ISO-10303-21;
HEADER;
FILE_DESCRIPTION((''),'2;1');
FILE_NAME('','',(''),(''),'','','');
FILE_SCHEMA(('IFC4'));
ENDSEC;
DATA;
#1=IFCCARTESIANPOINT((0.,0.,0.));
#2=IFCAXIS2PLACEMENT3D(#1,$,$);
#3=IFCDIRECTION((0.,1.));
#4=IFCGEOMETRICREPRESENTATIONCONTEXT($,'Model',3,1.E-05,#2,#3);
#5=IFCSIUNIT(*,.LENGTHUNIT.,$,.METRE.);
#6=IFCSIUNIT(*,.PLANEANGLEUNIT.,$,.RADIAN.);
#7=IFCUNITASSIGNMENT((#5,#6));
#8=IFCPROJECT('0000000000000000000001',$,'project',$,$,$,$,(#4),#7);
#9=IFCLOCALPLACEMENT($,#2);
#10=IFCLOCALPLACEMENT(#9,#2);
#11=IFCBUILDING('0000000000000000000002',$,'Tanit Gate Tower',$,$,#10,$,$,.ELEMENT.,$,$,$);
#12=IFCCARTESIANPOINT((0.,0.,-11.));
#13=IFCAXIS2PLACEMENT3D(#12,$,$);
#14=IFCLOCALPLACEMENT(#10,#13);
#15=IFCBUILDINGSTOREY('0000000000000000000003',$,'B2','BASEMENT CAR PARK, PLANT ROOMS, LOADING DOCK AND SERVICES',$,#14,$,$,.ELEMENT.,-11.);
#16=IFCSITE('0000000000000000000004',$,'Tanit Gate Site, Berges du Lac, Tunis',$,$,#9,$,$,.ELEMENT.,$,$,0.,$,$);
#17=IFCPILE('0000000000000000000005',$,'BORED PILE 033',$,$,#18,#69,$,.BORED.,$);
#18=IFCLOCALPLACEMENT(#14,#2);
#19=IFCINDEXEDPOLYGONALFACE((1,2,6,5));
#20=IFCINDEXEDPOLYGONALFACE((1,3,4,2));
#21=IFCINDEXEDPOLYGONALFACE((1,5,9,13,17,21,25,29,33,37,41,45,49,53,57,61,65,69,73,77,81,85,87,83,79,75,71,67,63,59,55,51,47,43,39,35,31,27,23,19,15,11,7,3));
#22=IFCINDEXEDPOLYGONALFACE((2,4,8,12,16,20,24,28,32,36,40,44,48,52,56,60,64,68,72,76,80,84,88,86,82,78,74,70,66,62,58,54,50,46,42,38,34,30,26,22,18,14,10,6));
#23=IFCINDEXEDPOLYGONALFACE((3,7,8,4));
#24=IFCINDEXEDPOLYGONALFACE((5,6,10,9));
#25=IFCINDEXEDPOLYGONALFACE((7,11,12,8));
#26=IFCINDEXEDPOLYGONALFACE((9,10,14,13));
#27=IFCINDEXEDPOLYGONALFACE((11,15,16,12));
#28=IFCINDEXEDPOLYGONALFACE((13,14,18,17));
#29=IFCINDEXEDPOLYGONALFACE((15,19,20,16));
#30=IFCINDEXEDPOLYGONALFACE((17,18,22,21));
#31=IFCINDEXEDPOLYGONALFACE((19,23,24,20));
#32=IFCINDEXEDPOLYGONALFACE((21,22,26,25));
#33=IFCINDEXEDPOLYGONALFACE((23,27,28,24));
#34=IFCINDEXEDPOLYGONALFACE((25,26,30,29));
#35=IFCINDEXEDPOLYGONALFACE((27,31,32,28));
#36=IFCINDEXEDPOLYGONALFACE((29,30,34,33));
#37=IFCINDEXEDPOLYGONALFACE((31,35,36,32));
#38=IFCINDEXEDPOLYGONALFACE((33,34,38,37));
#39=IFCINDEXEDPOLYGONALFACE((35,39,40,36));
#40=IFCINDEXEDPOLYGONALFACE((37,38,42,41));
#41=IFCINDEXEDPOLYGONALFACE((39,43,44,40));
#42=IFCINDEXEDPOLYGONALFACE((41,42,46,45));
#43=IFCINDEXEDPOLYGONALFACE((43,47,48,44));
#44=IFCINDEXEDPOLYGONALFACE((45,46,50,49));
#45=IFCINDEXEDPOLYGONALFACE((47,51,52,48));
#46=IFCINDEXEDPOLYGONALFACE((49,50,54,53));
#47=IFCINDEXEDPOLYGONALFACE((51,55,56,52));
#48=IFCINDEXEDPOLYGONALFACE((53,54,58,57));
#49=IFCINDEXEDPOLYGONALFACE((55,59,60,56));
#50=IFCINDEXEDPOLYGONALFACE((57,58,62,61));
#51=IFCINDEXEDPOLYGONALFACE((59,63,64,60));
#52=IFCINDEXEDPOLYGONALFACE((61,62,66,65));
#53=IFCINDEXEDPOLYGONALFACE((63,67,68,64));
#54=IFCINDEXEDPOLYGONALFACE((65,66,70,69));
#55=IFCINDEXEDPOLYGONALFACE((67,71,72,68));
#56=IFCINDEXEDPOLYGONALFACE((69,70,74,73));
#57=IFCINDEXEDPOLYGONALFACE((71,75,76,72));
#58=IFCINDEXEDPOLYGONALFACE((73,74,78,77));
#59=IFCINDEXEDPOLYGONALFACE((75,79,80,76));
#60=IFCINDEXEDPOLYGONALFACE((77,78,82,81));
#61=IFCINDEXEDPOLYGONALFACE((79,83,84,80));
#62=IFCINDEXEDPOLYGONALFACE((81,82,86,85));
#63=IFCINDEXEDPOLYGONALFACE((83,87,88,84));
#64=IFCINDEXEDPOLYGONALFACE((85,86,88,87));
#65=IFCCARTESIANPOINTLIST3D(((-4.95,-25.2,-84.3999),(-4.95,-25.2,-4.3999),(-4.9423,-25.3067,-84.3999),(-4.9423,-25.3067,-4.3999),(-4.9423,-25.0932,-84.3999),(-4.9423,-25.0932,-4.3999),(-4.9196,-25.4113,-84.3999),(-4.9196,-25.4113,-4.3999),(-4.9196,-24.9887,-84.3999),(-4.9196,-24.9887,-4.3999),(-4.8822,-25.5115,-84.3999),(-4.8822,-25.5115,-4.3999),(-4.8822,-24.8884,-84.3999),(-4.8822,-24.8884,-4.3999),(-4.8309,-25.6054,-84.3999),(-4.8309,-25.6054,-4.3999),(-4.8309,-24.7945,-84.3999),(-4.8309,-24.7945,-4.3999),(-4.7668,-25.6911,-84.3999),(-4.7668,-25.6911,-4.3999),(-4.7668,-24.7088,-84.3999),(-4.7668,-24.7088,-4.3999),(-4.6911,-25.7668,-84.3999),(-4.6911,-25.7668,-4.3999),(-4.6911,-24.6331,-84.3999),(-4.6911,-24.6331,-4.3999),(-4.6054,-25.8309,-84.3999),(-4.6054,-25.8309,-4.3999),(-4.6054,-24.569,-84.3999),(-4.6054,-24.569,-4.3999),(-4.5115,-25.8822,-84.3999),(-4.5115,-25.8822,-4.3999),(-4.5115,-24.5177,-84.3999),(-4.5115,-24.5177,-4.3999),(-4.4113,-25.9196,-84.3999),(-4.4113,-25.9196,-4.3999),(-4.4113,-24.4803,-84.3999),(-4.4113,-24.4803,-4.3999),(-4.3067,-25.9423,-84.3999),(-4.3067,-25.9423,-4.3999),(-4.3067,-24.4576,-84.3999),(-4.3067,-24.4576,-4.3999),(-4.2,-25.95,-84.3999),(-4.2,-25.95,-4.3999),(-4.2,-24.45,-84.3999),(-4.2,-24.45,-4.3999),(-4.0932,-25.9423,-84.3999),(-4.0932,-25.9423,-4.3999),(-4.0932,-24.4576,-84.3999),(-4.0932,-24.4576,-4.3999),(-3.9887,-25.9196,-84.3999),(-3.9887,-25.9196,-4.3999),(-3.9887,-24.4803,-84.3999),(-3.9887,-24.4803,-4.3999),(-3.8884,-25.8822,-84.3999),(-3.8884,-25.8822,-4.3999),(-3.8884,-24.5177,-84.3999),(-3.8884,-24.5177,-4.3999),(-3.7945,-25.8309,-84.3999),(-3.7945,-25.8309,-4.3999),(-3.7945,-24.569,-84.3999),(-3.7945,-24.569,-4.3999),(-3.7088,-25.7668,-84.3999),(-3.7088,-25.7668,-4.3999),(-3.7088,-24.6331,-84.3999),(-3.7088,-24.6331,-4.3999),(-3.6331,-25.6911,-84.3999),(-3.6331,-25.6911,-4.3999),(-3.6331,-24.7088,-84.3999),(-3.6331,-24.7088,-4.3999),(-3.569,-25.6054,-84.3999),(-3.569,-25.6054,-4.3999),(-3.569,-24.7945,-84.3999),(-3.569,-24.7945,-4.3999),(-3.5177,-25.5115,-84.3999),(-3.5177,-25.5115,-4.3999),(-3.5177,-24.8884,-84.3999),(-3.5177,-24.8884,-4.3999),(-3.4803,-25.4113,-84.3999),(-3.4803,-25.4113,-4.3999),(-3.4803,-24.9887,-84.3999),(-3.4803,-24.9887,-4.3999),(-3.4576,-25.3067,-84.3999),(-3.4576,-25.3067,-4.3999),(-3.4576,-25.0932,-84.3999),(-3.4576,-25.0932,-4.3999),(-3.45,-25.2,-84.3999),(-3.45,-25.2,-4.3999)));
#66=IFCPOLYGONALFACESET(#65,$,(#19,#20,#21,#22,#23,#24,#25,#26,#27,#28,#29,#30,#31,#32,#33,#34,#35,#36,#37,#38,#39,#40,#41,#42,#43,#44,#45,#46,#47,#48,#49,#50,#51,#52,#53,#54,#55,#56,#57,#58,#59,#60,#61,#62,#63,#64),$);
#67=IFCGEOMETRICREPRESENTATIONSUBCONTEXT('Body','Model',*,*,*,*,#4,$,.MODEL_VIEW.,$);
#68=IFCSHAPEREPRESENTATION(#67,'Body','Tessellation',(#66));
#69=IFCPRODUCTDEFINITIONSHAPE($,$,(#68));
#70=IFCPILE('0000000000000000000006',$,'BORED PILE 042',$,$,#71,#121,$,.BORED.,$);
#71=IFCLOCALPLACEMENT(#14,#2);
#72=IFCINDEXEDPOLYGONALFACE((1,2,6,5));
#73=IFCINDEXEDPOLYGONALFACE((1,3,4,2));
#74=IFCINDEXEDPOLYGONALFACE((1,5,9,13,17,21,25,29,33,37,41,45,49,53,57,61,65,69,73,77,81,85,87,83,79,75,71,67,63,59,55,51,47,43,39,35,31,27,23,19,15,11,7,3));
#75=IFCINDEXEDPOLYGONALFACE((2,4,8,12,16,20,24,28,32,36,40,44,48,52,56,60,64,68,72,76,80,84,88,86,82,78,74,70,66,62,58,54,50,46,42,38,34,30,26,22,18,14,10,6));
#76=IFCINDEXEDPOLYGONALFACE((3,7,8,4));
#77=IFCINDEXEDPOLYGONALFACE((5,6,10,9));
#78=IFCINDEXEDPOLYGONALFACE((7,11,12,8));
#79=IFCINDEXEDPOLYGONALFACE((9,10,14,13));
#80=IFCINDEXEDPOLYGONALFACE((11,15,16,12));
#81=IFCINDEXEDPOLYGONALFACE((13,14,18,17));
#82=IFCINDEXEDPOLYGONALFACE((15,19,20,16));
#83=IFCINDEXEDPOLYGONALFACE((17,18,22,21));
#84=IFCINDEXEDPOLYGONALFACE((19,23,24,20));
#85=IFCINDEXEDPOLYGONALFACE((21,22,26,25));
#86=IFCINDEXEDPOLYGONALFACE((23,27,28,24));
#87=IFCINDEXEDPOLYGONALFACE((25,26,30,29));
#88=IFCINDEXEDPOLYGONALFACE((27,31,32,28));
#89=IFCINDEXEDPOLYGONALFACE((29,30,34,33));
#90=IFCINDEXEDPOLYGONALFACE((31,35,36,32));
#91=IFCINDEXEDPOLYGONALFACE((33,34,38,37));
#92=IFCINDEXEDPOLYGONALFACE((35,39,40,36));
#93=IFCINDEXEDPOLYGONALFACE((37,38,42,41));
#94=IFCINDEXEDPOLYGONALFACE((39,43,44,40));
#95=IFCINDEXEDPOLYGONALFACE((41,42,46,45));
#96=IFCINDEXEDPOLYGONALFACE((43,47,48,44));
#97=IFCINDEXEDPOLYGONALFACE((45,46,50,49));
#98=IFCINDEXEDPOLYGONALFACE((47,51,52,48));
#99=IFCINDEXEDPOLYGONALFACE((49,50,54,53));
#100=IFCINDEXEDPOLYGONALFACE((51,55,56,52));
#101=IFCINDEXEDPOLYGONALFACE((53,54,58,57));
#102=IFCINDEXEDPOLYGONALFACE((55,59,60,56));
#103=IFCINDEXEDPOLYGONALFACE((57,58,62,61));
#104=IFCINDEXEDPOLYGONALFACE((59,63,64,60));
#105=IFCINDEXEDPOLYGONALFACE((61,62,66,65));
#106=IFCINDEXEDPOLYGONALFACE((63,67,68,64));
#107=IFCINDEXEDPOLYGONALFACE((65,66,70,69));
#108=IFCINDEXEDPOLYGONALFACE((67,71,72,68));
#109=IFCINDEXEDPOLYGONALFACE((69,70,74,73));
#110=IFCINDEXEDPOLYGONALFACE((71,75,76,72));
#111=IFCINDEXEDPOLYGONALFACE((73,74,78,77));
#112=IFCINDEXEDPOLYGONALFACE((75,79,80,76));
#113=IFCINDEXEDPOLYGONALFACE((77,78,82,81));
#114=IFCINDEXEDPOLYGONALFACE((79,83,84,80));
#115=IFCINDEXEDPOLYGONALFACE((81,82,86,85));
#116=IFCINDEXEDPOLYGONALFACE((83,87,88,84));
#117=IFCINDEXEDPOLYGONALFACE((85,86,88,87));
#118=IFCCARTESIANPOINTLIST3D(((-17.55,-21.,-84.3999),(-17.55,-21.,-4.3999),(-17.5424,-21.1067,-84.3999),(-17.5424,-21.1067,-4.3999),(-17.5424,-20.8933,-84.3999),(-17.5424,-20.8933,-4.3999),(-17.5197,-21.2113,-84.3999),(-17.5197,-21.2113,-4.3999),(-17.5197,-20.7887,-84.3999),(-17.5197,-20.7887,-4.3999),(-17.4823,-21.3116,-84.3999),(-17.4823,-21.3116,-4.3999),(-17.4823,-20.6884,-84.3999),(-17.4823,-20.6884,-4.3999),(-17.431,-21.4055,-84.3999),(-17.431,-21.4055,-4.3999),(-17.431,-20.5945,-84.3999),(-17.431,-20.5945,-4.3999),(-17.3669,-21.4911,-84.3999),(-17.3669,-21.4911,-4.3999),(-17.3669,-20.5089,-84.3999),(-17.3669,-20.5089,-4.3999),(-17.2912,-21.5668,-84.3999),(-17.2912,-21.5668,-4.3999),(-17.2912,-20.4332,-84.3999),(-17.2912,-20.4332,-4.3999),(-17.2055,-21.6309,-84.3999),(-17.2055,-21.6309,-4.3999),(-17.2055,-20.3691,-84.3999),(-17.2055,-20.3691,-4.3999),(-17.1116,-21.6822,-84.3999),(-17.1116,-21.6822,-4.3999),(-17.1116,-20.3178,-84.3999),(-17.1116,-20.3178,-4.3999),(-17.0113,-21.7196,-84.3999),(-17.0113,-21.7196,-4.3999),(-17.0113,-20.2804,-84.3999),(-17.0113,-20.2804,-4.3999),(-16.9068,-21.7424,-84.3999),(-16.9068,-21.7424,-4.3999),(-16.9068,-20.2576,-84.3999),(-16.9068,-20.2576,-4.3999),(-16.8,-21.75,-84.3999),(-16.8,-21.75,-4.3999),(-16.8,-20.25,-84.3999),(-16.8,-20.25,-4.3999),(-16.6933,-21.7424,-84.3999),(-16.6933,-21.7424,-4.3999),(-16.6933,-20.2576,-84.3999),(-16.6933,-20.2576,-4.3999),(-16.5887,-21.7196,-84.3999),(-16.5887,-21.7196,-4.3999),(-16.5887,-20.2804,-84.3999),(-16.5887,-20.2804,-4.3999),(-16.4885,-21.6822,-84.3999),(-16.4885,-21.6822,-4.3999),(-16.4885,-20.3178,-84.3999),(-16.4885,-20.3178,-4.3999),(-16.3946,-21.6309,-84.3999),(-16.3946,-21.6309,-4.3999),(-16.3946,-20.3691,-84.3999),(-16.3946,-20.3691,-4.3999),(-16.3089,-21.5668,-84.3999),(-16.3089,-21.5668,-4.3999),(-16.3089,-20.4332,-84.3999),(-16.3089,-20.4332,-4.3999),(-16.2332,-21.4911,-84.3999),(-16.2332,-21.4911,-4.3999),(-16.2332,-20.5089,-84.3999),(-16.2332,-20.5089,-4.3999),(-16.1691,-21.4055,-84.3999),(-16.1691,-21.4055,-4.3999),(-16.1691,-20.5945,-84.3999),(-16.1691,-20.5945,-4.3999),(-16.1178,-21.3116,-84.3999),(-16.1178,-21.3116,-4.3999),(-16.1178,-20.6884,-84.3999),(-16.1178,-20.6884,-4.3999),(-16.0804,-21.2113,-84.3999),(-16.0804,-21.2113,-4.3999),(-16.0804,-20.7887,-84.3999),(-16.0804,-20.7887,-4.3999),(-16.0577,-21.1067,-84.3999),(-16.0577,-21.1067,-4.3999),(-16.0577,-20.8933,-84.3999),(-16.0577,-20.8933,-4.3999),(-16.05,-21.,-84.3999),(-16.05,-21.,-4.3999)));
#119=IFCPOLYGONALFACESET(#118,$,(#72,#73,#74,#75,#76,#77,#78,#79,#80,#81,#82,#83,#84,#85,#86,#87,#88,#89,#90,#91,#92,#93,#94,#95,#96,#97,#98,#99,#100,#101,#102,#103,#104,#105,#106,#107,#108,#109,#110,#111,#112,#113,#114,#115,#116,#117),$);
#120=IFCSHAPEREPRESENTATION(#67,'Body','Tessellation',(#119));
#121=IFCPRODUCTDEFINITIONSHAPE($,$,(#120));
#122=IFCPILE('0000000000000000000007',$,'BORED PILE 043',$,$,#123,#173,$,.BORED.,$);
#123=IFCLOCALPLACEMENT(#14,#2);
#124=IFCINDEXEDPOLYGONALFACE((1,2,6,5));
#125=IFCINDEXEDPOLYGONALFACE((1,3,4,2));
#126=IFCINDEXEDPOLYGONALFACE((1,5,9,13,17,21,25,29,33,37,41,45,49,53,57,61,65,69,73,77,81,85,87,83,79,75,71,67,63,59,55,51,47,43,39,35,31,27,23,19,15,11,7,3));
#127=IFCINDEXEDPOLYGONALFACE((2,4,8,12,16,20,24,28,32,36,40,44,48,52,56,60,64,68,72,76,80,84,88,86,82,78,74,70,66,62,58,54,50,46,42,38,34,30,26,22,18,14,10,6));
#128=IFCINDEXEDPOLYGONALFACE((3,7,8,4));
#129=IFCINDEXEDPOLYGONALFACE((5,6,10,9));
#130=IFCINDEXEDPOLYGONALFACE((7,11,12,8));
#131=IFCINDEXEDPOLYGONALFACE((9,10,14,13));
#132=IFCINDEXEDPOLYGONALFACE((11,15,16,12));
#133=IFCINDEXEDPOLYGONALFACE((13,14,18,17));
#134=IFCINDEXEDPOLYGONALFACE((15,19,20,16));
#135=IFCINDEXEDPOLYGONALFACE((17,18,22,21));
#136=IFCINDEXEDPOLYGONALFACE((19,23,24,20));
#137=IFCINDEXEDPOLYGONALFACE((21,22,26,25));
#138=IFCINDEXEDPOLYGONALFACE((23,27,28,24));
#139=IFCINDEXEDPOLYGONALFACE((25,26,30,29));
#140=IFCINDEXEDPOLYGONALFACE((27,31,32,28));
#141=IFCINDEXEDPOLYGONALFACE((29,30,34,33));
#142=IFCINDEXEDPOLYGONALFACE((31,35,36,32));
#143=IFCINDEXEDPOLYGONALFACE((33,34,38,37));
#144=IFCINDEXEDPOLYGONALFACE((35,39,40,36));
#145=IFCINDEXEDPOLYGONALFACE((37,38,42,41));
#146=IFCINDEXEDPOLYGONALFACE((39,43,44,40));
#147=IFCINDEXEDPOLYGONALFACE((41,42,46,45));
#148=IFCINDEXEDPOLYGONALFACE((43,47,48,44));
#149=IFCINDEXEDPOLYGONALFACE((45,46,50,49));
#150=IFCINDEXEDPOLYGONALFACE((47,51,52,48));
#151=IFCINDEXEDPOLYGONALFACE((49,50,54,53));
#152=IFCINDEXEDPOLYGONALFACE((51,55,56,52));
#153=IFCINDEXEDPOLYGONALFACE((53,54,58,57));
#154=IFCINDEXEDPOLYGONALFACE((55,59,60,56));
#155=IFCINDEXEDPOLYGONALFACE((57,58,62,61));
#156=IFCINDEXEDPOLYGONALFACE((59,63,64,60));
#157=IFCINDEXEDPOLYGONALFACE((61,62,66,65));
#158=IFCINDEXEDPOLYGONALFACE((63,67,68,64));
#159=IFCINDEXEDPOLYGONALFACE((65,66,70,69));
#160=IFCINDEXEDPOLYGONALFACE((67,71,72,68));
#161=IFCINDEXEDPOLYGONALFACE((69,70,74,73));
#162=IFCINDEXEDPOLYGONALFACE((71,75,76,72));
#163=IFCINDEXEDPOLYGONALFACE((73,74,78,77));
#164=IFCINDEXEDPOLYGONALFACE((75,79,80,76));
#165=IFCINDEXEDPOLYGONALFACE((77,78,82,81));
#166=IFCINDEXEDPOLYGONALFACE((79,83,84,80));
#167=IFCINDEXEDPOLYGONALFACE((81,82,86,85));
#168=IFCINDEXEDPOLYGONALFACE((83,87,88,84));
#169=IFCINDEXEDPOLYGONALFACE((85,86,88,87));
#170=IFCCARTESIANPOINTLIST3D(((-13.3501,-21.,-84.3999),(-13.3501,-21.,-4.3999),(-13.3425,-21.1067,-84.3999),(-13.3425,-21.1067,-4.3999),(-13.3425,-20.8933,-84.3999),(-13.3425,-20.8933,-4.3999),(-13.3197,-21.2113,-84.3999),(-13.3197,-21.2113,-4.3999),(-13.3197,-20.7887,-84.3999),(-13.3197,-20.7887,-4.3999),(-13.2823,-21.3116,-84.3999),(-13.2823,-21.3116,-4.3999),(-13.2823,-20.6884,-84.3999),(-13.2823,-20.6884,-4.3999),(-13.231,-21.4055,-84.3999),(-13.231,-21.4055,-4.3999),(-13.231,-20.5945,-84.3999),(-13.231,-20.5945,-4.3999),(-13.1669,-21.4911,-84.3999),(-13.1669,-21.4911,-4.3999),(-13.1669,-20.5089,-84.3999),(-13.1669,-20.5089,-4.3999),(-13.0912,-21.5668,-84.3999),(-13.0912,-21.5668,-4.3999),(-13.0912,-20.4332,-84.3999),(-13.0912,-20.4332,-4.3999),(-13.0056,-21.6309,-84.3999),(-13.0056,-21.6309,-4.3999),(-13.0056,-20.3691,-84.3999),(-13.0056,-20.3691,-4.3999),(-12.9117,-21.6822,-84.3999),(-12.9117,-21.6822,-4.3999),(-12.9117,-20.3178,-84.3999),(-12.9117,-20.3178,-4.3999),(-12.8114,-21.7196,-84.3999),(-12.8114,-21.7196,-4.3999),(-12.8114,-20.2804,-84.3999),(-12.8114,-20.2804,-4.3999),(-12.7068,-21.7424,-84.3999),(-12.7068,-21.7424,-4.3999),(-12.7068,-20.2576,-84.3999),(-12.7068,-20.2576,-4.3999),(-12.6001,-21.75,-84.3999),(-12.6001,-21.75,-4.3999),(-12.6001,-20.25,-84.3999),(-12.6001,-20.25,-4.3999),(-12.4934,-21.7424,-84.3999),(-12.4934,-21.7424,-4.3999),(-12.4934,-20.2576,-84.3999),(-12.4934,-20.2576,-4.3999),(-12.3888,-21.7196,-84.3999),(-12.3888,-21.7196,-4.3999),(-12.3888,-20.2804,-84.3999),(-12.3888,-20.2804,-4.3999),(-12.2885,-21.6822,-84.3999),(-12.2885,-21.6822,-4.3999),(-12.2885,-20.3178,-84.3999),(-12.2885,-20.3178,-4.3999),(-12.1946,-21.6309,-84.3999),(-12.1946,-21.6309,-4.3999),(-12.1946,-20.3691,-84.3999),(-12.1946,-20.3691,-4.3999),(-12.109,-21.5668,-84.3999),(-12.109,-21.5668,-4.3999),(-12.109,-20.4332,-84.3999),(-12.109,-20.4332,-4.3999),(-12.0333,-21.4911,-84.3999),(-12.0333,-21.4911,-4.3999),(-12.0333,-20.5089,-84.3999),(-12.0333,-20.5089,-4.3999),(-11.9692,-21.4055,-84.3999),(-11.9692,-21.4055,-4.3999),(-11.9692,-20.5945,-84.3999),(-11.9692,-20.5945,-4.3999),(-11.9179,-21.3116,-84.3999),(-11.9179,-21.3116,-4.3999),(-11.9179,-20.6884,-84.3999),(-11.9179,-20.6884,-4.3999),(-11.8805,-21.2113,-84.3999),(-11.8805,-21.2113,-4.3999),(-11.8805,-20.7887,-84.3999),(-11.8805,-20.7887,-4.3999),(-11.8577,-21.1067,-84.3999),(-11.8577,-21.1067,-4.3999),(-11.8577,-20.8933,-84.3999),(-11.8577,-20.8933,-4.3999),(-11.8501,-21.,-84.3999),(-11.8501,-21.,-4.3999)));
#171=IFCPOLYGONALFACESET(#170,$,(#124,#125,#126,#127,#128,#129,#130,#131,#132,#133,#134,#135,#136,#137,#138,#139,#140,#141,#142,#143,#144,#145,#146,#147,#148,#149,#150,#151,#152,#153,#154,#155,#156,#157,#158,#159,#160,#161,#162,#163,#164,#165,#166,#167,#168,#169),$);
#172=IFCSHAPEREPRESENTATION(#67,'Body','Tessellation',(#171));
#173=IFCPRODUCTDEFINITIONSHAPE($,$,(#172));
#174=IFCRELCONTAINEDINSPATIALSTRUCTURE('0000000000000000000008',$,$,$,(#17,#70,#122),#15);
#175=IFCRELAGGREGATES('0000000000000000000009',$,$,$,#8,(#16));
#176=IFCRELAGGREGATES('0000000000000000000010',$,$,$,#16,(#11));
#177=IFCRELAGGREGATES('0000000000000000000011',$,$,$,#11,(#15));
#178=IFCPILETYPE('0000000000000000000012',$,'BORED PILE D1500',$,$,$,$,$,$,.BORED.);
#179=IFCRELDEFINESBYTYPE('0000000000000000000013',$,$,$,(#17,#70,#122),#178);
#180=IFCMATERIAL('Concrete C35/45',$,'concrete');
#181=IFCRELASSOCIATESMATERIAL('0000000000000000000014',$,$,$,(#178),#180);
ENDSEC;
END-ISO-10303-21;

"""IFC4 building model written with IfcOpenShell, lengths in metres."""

from ifc_helpers import new_model, si_unit, direction, frame, origin, origin_2d, place, context, subcontext, project, spatial, circle, extrude, material, material_profile, profile_set, type_object, element, save


model = new_model("IFC4")

# Units and contexts
model_context = context("Model", 3, precision=1e-05, world=origin(), true_north=direction((0.0, 1.0)))
body_context = subcontext(model_context, "Body", "Model", "MODEL_VIEW")
ifc_project = project(units=[si_unit("LENGTHUNIT", "METRE"), si_unit("PLANEANGLEUNIT", "RADIAN")], contexts=[model_context])

# Site, building, storey
site_placement = place(None, origin())
site = spatial("IfcSite", under=ifc_project, at=site_placement, Name="Tanit Gate Site, Berges du Lac, Tunis", CompositionType="ELEMENT", RefElevation=0.0)
building_placement = place(site_placement, origin())
building = spatial("IfcBuilding", under=site, at=building_placement, Name="Tanit Gate Tower", CompositionType="ELEMENT")
storey_placement = place(building_placement, frame((0.0, 0.0, -11.0)))
storey = spatial("IfcBuildingStorey", under=building, at=storey_placement, Name="B2", Description="BASEMENT CAR PARK, PLANT ROOMS, LOADING DOCK AND SERVICES", CompositionType="ELEMENT", Elevation=-11.0)

# Piles
ifc_material_1 = material(Name="Concrete C35/45", Category="concrete")
ifc_material_profile_1 = material_profile(ifc_material_1, circle(Radius=0.75, at=origin_2d()), Name="BORED PILE D1500 C35/45")
ifc_profile_set_1 = profile_set([ifc_material_profile_1], Name="Concrete C35/45")
pile_type = type_object("IfcPileType", Name="BORED PILE D1500", PredefinedType="BORED", material=ifc_profile_set_1)
for number, where, z_axis, x_axis, name in (
    (1, (-4.2, -25.2, -4.3999), (0.0, 0.0, -1.0), (1.0, 0.0, 0.0), "BORED PILE 033"),
    (2, (-16.8, -21.0, -4.3999), (0.0, 0.0, -1.0), (1.0, 0.0, 0.0), "BORED PILE 042"),
    (3, (-12.6001, -21.0, -4.3999), (0.0, 0.0, -1.0), (1.0, 0.0, 0.0), "BORED PILE 043"),
):
    element("IfcPile", number, at=place(storey_placement, frame(where, z_axis=z_axis, x_axis=x_axis)), inside=storey, type_object=pile_type, Name=name, PredefinedType="BORED", context=body_context, shape_type="SweptSolid", body=[
        extrude(circle(Radius=0.75, at=origin_2d()), origin(), (0.0, 0.0, 1.0), 80.0),
    ])

save(model, "model.ifc")
